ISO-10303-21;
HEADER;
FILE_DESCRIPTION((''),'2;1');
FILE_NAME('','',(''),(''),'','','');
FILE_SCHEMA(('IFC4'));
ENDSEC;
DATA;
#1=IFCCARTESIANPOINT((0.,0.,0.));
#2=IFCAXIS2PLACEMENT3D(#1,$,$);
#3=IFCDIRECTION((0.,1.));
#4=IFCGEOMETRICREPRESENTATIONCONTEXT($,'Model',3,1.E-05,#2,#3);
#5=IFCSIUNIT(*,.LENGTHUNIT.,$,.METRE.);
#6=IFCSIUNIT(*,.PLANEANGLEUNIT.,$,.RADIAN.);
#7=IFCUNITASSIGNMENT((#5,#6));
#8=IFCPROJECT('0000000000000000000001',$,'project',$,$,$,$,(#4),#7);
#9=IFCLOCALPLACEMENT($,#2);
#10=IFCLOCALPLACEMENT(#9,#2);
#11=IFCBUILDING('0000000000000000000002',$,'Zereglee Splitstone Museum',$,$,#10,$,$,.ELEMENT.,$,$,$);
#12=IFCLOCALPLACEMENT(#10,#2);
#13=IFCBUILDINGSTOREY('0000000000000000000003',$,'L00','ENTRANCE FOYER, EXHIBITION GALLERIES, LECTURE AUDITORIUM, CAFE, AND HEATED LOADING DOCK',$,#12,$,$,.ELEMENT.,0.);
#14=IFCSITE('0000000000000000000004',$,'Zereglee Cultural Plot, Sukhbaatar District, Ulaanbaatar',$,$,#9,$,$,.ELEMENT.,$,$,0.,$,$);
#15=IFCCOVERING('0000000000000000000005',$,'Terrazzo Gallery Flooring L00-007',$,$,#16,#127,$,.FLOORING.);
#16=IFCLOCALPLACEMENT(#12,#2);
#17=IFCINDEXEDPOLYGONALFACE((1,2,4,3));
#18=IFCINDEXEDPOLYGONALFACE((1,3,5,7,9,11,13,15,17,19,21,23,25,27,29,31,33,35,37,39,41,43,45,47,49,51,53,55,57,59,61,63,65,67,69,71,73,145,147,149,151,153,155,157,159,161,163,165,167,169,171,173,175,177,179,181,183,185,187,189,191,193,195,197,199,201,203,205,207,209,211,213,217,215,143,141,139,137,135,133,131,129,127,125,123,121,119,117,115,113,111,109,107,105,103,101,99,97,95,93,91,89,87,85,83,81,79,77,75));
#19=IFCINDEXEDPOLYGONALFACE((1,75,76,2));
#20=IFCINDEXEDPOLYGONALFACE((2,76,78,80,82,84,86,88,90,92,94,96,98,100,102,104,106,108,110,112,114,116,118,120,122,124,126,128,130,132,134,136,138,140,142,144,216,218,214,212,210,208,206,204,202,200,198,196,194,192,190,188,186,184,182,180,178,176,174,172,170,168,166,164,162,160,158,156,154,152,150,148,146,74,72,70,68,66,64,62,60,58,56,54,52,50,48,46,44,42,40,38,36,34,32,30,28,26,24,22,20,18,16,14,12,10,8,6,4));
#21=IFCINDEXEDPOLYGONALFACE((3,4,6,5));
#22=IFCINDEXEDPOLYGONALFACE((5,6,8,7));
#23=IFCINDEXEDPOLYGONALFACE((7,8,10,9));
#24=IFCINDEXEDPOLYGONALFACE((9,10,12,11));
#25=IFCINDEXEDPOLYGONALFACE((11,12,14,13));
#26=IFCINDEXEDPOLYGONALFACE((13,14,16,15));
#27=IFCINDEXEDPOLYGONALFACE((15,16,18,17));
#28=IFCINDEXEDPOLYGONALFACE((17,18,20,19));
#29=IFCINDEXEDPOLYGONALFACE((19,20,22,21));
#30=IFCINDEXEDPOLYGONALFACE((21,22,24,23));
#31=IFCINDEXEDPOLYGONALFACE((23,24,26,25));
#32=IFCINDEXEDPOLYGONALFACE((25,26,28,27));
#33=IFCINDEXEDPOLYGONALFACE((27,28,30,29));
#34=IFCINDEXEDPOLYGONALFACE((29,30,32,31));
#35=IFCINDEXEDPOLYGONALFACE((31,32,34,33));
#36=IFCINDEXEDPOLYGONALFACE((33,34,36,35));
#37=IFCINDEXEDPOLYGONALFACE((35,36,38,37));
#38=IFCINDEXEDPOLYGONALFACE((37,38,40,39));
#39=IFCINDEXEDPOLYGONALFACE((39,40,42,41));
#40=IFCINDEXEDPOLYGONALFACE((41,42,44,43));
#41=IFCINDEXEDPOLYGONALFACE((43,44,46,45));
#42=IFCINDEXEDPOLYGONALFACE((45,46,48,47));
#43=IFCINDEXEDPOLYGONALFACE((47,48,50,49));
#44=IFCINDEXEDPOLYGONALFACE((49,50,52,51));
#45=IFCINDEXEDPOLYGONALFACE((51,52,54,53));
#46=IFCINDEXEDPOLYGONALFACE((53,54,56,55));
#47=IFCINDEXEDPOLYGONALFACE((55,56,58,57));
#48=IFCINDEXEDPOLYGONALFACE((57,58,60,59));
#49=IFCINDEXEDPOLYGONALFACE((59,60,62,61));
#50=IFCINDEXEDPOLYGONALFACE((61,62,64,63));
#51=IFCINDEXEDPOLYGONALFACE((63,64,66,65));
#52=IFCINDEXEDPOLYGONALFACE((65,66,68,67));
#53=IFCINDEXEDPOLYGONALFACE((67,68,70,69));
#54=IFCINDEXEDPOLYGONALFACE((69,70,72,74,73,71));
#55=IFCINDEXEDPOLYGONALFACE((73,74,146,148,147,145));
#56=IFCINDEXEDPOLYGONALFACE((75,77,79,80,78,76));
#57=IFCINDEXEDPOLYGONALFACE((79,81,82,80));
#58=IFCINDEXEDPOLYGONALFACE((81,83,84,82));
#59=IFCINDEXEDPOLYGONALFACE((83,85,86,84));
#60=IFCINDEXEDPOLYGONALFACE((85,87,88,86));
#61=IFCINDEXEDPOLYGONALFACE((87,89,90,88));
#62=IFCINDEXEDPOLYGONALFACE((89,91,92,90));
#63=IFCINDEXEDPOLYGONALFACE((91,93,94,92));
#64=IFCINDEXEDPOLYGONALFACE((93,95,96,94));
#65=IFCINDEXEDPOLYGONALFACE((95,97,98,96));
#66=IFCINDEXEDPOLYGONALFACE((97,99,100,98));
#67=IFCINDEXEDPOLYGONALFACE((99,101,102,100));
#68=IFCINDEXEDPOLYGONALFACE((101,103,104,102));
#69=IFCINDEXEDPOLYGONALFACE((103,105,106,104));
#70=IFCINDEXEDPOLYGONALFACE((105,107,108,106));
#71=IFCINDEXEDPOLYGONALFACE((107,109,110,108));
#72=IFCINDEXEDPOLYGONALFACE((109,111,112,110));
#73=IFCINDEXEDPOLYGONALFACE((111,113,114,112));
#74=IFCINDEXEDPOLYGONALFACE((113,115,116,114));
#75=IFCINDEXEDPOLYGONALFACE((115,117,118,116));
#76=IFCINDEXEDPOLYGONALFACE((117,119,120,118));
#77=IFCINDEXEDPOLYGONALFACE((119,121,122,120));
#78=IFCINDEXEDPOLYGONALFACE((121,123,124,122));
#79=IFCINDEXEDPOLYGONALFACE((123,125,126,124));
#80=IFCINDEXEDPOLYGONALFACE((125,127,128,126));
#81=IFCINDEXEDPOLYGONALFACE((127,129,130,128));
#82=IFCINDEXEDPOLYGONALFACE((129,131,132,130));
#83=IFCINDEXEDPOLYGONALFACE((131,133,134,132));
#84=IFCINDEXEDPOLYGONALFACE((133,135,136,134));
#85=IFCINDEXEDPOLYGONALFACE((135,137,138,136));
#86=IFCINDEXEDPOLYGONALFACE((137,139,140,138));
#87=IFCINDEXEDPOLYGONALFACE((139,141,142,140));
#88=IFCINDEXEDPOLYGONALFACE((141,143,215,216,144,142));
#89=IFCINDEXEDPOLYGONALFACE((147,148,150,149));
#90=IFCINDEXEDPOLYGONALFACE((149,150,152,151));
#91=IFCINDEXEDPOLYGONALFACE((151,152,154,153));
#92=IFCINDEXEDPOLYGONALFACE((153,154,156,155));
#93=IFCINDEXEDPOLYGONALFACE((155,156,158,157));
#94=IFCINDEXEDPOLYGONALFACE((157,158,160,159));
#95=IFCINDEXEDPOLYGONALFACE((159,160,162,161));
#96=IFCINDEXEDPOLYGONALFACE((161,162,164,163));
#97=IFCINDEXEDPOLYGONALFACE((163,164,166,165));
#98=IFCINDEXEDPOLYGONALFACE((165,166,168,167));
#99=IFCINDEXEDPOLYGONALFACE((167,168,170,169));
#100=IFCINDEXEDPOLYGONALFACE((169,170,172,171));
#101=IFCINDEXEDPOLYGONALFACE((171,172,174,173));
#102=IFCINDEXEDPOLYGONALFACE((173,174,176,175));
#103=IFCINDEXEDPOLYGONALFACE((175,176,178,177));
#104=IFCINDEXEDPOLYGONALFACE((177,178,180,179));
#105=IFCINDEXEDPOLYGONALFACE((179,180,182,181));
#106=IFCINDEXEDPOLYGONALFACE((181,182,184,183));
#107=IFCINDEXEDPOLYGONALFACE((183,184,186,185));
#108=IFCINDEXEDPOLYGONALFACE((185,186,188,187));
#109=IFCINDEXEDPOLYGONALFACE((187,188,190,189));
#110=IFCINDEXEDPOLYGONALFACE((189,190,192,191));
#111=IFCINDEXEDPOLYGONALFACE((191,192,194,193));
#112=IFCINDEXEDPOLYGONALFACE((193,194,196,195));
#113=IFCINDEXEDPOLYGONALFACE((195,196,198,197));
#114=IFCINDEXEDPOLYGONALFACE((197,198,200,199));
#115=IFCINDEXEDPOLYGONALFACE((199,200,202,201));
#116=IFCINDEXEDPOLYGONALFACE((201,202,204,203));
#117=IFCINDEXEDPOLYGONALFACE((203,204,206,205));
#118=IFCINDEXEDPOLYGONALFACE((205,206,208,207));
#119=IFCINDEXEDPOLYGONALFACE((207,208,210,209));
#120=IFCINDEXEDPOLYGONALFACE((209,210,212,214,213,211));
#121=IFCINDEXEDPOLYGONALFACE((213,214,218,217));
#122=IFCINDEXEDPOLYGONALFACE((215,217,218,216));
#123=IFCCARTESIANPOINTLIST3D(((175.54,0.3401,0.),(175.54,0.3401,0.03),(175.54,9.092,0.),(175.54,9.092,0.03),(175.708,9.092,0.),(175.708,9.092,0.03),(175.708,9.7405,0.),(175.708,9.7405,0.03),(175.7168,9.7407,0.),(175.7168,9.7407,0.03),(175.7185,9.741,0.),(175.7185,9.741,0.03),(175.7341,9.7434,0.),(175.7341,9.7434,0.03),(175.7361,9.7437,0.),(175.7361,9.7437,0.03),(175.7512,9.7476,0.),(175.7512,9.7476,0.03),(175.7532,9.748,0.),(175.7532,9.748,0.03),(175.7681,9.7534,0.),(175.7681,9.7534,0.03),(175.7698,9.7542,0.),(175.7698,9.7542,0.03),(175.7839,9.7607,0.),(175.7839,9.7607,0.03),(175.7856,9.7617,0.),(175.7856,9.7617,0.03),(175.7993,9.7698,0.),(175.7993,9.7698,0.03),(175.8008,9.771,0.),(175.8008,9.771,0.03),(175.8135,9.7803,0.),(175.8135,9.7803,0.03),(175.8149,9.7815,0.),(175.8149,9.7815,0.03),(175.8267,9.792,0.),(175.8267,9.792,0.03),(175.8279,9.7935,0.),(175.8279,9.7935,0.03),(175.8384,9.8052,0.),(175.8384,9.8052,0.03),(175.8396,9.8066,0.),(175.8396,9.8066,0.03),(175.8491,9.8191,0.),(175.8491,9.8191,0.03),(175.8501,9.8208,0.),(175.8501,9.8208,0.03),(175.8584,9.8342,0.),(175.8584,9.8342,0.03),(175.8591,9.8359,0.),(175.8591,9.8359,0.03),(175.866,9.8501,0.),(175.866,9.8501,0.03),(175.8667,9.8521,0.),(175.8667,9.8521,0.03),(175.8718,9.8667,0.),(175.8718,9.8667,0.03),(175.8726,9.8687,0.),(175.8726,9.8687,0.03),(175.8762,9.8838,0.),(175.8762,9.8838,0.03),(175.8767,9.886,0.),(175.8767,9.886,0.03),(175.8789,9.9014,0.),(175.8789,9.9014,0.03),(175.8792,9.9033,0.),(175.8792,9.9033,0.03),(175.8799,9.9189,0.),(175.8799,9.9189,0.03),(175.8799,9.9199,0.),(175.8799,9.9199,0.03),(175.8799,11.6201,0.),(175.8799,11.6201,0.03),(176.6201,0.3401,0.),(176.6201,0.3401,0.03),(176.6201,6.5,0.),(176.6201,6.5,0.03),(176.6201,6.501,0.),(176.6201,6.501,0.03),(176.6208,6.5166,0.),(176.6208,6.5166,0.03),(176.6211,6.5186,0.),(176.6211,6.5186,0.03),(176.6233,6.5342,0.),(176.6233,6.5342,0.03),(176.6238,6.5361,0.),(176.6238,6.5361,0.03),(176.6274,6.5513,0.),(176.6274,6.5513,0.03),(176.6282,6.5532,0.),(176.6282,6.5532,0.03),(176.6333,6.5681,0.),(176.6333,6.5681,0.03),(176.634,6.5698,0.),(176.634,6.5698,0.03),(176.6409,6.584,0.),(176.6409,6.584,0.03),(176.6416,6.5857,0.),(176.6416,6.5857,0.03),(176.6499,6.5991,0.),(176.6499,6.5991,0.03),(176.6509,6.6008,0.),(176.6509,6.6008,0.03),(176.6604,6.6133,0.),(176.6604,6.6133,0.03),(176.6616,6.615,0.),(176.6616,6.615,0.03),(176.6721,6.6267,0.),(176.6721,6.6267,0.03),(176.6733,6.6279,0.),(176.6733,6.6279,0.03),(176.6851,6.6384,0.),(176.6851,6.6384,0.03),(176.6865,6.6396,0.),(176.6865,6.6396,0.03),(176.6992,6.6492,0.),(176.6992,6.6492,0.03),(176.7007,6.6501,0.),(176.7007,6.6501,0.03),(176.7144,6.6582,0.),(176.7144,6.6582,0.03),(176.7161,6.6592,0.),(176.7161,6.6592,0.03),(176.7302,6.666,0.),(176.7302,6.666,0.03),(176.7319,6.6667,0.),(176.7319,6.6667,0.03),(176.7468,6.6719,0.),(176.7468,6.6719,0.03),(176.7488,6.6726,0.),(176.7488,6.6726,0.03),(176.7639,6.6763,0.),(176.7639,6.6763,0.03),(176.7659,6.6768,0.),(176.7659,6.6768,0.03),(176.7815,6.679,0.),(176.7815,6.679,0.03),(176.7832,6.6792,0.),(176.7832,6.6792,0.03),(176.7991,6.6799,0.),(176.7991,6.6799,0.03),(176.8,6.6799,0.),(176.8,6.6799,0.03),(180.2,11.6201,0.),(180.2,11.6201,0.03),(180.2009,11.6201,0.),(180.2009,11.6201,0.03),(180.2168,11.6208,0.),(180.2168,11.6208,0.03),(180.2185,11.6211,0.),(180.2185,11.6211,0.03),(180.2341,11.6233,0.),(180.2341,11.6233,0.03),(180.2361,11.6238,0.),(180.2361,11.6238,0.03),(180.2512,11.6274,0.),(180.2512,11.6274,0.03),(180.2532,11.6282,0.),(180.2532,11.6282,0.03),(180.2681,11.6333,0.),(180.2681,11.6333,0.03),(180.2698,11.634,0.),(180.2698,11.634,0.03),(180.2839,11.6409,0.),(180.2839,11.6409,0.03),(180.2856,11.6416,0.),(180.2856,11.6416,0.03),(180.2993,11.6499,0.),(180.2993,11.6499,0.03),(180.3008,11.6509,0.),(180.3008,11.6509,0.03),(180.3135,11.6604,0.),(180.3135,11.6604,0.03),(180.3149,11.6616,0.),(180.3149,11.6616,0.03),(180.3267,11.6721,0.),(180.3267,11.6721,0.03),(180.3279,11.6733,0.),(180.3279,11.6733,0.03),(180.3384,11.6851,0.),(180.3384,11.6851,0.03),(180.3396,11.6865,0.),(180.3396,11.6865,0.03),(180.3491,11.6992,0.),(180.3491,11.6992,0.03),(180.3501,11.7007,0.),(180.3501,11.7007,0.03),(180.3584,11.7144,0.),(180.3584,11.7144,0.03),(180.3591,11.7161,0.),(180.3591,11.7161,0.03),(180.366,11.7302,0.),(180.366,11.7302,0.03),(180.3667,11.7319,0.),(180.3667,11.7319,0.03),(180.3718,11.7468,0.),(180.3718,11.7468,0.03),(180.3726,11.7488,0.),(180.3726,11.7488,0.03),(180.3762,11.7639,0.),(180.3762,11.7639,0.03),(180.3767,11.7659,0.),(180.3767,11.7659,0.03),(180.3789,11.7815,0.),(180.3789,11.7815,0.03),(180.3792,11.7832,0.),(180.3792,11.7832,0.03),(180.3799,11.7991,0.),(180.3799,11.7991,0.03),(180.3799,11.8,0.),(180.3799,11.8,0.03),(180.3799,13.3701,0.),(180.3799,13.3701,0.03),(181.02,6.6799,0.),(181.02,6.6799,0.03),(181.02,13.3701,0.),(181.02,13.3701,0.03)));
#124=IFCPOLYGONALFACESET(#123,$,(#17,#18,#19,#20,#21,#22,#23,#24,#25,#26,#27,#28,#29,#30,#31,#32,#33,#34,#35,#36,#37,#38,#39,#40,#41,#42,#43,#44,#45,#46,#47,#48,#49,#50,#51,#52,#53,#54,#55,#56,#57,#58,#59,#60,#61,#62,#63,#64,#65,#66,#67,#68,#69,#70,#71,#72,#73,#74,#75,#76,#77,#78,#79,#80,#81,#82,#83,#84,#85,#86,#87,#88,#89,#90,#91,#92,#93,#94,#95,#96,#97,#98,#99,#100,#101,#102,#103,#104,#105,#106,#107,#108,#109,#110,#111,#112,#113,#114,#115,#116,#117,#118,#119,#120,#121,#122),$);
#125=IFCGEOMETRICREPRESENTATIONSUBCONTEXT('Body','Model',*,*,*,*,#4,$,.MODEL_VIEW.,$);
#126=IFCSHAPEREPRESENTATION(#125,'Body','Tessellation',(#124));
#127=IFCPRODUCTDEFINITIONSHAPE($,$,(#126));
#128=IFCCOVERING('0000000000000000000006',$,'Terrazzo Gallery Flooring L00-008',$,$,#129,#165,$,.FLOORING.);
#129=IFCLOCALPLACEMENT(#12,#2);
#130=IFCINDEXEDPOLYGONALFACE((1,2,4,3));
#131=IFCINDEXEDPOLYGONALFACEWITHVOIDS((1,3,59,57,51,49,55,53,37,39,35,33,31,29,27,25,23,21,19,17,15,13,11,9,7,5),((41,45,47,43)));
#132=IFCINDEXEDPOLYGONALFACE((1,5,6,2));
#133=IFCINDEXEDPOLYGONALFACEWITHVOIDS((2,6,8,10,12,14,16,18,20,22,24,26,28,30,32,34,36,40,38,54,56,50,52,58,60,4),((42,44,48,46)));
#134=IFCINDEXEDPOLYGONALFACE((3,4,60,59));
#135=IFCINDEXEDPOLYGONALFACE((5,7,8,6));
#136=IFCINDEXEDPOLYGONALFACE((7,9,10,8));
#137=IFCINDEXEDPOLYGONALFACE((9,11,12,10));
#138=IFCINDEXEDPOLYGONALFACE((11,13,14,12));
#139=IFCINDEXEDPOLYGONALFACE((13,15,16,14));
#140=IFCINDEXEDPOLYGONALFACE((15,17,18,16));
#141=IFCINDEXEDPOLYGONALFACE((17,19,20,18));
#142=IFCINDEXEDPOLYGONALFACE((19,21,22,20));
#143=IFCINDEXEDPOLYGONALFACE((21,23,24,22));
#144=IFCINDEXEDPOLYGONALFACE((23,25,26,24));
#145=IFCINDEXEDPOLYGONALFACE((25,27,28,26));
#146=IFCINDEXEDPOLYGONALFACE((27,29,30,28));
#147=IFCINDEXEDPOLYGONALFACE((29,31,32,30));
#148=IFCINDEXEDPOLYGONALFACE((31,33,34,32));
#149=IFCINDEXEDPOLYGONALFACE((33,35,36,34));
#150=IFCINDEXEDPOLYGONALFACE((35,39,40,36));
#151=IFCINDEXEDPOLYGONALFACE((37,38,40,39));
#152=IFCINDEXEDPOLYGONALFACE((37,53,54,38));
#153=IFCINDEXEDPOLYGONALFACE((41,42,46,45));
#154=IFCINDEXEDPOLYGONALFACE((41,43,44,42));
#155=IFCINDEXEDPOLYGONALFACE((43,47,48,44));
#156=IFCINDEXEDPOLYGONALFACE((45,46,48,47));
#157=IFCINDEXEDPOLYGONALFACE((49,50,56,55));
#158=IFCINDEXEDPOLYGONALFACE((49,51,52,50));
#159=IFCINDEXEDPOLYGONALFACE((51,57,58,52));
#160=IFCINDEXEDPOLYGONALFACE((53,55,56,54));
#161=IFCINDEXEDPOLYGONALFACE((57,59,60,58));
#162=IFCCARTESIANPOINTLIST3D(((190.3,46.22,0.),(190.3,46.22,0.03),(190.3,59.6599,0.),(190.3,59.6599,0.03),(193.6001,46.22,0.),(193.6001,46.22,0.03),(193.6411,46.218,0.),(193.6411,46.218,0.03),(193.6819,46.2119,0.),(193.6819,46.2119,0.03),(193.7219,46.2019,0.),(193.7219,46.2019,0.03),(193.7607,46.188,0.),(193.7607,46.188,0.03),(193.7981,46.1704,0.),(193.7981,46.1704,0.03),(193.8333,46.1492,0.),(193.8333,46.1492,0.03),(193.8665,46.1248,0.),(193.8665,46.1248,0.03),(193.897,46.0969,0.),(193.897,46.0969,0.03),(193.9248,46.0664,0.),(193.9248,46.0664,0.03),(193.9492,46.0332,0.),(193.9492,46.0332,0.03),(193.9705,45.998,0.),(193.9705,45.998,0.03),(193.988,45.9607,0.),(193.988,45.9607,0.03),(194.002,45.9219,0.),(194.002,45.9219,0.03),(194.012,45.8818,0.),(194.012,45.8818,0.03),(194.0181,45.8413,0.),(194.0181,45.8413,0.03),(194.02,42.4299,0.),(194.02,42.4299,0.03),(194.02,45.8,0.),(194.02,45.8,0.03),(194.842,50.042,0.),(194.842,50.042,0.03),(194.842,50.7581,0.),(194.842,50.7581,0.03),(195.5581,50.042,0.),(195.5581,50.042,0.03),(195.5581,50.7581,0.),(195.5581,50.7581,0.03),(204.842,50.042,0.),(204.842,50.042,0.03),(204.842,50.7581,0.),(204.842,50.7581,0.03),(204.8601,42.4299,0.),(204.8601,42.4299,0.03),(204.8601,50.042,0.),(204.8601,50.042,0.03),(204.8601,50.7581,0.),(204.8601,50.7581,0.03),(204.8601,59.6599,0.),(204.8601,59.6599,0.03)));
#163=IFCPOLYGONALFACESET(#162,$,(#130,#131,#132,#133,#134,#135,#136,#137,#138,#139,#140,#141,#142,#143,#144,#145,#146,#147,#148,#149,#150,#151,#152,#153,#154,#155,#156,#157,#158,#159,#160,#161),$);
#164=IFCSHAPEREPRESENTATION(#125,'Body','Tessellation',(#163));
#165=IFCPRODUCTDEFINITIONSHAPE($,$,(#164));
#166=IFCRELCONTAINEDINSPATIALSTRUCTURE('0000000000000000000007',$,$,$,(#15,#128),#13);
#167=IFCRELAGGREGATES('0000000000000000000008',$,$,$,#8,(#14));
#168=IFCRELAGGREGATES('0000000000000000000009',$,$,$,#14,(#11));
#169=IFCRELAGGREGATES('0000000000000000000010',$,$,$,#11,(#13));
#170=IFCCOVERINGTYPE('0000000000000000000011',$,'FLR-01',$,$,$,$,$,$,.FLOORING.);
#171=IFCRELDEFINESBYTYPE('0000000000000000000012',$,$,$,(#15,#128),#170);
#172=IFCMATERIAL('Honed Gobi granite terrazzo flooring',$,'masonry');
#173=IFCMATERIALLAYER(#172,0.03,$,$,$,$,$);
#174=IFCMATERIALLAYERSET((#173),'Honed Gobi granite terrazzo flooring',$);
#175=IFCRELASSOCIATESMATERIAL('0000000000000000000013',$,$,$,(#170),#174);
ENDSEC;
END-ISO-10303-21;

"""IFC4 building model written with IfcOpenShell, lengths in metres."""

from ifc_helpers import new_model, si_unit, direction, origin, place, context, subcontext, project, spatial, polyline, outline, extrude, material, layer, layer_set, type_object, element, save


model = new_model("IFC4")

# Units and contexts
model_context = context("Model", 3, precision=1e-05, world=origin(), true_north=direction((0.0, 1.0)))
body_context = subcontext(model_context, "Body", "Model", "MODEL_VIEW")
ifc_project = project(units=[si_unit("LENGTHUNIT", "METRE"), si_unit("PLANEANGLEUNIT", "RADIAN")], contexts=[model_context])

# Site, building, storey
site_placement = place(None, origin())
site = spatial("IfcSite", under=ifc_project, at=site_placement, Name="Zereglee Cultural Plot, Sukhbaatar District, Ulaanbaatar", CompositionType="ELEMENT", RefElevation=0.0)
building_placement = place(site_placement, origin())
building = spatial("IfcBuilding", under=site, at=building_placement, Name="Zereglee Splitstone Museum", CompositionType="ELEMENT")
storey_placement = place(building_placement, origin())
storey = spatial("IfcBuildingStorey", under=building, at=storey_placement, Name="L00", Description="ENTRANCE FOYER, EXHIBITION GALLERIES, LECTURE AUDITORIUM, CAFE, AND HEATED LOADING DOCK", CompositionType="ELEMENT", Elevation=0.0)

# Coverings
ifc_material_1 = material(Name="Honed Gobi granite terrazzo flooring", Category="masonry")
ifc_layer_1 = layer(ifc_material_1, 0.03)
ifc_layer_set_1 = layer_set([ifc_layer_1], Name="Honed Gobi granite terrazzo flooring")
covering_type_1 = type_object("IfcCoveringType", Name="FLR-01", PredefinedType="FLOORING", material=ifc_layer_set_1)
covering_1_placement = place(storey_placement, origin())
element("IfcCovering", 1, at=covering_1_placement, inside=storey, type_object=covering_type_1, Name="Terrazzo Gallery Flooring L00-007", PredefinedType="FLOORING", context=body_context, shape_type="SweptSolid", body=[
    extrude(outline(polyline([(175.7168, 9.7407), (175.7185, 9.741), (175.7341, 9.7434), (175.7361, 9.7437), (175.7512, 9.7476), (175.7532, 9.748), (175.7681, 9.7534), (175.7698, 9.7542), (175.7839, 9.7607), (175.7856, 9.7617), (175.7993, 9.7698), (175.8008, 9.771), (175.8135, 9.7803), (175.8149, 9.7815), (175.8267, 9.792), (175.8279, 9.7935), (175.8384, 9.8052), (175.8396, 9.8066), (175.8491, 9.8191), (175.8501, 9.8208), (175.8584, 9.8342), (175.8591, 9.8359), (175.866, 9.8501), (175.8667, 9.8521), (175.8718, 9.8667), (175.8726, 9.8687), (175.8762, 9.8838), (175.8767, 9.886), (175.8789, 9.9014), (175.8792, 9.9033), (175.8799, 9.9189), (175.8799, 9.9199), (175.8799, 11.6201), (180.2, 11.6201), (180.2009, 11.6201), (180.2168, 11.6208), (180.2185, 11.6211), (180.2341, 11.6233), (180.2361, 11.6238), (180.2512, 11.6274), (180.2532, 11.6282), (180.2681, 11.6333), (180.2698, 11.634), (180.2839, 11.6409), (180.2856, 11.6416), (180.2993, 11.6499), (180.3008, 11.6509), (180.3135, 11.6604), (180.3149, 11.6616), (180.3267, 11.6721), (180.3279, 11.6733), (180.3384, 11.6851), (180.3396, 11.6865), (180.3491, 11.6992), (180.3501, 11.7007), (180.3584, 11.7144), (180.3591, 11.7161), (180.366, 11.7302), (180.3667, 11.7319), (180.3718, 11.7468), (180.3726, 11.7488), (180.3762, 11.7639), (180.3767, 11.7659), (180.3789, 11.7815), (180.3792, 11.7832), (180.3799, 11.7991), (180.3799, 11.8), (180.3799, 13.3701), (181.02, 13.3701), (181.02, 6.6799), (176.8, 6.6799), (176.7991, 6.6799), (176.7832, 6.6792), (176.7815, 6.679), (176.7659, 6.6768), (176.7639, 6.6763), (176.7488, 6.6726), (176.7468, 6.6719), (176.7319, 6.6667), (176.7302, 6.666), (176.7161, 6.6592), (176.7144, 6.6582), (176.7007, 6.6501), (176.6992, 6.6492), (176.6865, 6.6396), (176.6851, 6.6384), (176.6733, 6.6279), (176.6721, 6.6267), (176.6616, 6.615), (176.6604, 6.6133), (176.6509, 6.6008), (176.6499, 6.5991), (176.6416, 6.5857), (176.6409, 6.584), (176.634, 6.5698), (176.6333, 6.5681), (176.6282, 6.5532), (176.6274, 6.5513), (176.6238, 6.5361), (176.6233, 6.5342), (176.6211, 6.5186), (176.6208, 6.5166), (176.6201, 6.501), (176.6201, 6.5), (176.6201, 0.3401), (175.54, 0.3401), (175.54, 9.092), (175.708, 9.092), (175.708, 9.7405), (175.7168, 9.7407)])), origin(), (0.0, 0.0, 1.0), 0.03),
])
covering_2_placement = place(storey_placement, origin())
element("IfcCovering", 2, at=covering_2_placement, inside=storey, type_object=covering_type_1, Name="Terrazzo Gallery Flooring L00-008", PredefinedType="FLOORING", context=body_context, shape_type="SweptSolid", body=[
    extrude(outline(polyline([(194.02, 45.8), (194.0181, 45.8413), (194.012, 45.8818), (194.002, 45.9219), (193.988, 45.9607), (193.9705, 45.998), (193.9492, 46.0332), (193.9248, 46.0664), (193.897, 46.0969), (193.8665, 46.1248), (193.8333, 46.1492), (193.7981, 46.1704), (193.7607, 46.188), (193.7219, 46.2019), (193.6819, 46.2119), (193.6411, 46.218), (193.6001, 46.22), (190.3, 46.22), (190.3, 59.6599), (204.8601, 59.6599), (204.8601, 50.7581), (204.842, 50.7581), (204.842, 50.042), (204.8601, 50.042), (204.8601, 42.4299), (194.02, 42.4299), (194.02, 45.8)]), holes=[polyline([(194.842, 50.7581), (194.842, 50.042), (195.5581, 50.042), (195.5581, 50.7581), (194.842, 50.7581)])]), origin(), (0.0, 0.0, 1.0), 0.03),
])

save(model, "model.ifc")
